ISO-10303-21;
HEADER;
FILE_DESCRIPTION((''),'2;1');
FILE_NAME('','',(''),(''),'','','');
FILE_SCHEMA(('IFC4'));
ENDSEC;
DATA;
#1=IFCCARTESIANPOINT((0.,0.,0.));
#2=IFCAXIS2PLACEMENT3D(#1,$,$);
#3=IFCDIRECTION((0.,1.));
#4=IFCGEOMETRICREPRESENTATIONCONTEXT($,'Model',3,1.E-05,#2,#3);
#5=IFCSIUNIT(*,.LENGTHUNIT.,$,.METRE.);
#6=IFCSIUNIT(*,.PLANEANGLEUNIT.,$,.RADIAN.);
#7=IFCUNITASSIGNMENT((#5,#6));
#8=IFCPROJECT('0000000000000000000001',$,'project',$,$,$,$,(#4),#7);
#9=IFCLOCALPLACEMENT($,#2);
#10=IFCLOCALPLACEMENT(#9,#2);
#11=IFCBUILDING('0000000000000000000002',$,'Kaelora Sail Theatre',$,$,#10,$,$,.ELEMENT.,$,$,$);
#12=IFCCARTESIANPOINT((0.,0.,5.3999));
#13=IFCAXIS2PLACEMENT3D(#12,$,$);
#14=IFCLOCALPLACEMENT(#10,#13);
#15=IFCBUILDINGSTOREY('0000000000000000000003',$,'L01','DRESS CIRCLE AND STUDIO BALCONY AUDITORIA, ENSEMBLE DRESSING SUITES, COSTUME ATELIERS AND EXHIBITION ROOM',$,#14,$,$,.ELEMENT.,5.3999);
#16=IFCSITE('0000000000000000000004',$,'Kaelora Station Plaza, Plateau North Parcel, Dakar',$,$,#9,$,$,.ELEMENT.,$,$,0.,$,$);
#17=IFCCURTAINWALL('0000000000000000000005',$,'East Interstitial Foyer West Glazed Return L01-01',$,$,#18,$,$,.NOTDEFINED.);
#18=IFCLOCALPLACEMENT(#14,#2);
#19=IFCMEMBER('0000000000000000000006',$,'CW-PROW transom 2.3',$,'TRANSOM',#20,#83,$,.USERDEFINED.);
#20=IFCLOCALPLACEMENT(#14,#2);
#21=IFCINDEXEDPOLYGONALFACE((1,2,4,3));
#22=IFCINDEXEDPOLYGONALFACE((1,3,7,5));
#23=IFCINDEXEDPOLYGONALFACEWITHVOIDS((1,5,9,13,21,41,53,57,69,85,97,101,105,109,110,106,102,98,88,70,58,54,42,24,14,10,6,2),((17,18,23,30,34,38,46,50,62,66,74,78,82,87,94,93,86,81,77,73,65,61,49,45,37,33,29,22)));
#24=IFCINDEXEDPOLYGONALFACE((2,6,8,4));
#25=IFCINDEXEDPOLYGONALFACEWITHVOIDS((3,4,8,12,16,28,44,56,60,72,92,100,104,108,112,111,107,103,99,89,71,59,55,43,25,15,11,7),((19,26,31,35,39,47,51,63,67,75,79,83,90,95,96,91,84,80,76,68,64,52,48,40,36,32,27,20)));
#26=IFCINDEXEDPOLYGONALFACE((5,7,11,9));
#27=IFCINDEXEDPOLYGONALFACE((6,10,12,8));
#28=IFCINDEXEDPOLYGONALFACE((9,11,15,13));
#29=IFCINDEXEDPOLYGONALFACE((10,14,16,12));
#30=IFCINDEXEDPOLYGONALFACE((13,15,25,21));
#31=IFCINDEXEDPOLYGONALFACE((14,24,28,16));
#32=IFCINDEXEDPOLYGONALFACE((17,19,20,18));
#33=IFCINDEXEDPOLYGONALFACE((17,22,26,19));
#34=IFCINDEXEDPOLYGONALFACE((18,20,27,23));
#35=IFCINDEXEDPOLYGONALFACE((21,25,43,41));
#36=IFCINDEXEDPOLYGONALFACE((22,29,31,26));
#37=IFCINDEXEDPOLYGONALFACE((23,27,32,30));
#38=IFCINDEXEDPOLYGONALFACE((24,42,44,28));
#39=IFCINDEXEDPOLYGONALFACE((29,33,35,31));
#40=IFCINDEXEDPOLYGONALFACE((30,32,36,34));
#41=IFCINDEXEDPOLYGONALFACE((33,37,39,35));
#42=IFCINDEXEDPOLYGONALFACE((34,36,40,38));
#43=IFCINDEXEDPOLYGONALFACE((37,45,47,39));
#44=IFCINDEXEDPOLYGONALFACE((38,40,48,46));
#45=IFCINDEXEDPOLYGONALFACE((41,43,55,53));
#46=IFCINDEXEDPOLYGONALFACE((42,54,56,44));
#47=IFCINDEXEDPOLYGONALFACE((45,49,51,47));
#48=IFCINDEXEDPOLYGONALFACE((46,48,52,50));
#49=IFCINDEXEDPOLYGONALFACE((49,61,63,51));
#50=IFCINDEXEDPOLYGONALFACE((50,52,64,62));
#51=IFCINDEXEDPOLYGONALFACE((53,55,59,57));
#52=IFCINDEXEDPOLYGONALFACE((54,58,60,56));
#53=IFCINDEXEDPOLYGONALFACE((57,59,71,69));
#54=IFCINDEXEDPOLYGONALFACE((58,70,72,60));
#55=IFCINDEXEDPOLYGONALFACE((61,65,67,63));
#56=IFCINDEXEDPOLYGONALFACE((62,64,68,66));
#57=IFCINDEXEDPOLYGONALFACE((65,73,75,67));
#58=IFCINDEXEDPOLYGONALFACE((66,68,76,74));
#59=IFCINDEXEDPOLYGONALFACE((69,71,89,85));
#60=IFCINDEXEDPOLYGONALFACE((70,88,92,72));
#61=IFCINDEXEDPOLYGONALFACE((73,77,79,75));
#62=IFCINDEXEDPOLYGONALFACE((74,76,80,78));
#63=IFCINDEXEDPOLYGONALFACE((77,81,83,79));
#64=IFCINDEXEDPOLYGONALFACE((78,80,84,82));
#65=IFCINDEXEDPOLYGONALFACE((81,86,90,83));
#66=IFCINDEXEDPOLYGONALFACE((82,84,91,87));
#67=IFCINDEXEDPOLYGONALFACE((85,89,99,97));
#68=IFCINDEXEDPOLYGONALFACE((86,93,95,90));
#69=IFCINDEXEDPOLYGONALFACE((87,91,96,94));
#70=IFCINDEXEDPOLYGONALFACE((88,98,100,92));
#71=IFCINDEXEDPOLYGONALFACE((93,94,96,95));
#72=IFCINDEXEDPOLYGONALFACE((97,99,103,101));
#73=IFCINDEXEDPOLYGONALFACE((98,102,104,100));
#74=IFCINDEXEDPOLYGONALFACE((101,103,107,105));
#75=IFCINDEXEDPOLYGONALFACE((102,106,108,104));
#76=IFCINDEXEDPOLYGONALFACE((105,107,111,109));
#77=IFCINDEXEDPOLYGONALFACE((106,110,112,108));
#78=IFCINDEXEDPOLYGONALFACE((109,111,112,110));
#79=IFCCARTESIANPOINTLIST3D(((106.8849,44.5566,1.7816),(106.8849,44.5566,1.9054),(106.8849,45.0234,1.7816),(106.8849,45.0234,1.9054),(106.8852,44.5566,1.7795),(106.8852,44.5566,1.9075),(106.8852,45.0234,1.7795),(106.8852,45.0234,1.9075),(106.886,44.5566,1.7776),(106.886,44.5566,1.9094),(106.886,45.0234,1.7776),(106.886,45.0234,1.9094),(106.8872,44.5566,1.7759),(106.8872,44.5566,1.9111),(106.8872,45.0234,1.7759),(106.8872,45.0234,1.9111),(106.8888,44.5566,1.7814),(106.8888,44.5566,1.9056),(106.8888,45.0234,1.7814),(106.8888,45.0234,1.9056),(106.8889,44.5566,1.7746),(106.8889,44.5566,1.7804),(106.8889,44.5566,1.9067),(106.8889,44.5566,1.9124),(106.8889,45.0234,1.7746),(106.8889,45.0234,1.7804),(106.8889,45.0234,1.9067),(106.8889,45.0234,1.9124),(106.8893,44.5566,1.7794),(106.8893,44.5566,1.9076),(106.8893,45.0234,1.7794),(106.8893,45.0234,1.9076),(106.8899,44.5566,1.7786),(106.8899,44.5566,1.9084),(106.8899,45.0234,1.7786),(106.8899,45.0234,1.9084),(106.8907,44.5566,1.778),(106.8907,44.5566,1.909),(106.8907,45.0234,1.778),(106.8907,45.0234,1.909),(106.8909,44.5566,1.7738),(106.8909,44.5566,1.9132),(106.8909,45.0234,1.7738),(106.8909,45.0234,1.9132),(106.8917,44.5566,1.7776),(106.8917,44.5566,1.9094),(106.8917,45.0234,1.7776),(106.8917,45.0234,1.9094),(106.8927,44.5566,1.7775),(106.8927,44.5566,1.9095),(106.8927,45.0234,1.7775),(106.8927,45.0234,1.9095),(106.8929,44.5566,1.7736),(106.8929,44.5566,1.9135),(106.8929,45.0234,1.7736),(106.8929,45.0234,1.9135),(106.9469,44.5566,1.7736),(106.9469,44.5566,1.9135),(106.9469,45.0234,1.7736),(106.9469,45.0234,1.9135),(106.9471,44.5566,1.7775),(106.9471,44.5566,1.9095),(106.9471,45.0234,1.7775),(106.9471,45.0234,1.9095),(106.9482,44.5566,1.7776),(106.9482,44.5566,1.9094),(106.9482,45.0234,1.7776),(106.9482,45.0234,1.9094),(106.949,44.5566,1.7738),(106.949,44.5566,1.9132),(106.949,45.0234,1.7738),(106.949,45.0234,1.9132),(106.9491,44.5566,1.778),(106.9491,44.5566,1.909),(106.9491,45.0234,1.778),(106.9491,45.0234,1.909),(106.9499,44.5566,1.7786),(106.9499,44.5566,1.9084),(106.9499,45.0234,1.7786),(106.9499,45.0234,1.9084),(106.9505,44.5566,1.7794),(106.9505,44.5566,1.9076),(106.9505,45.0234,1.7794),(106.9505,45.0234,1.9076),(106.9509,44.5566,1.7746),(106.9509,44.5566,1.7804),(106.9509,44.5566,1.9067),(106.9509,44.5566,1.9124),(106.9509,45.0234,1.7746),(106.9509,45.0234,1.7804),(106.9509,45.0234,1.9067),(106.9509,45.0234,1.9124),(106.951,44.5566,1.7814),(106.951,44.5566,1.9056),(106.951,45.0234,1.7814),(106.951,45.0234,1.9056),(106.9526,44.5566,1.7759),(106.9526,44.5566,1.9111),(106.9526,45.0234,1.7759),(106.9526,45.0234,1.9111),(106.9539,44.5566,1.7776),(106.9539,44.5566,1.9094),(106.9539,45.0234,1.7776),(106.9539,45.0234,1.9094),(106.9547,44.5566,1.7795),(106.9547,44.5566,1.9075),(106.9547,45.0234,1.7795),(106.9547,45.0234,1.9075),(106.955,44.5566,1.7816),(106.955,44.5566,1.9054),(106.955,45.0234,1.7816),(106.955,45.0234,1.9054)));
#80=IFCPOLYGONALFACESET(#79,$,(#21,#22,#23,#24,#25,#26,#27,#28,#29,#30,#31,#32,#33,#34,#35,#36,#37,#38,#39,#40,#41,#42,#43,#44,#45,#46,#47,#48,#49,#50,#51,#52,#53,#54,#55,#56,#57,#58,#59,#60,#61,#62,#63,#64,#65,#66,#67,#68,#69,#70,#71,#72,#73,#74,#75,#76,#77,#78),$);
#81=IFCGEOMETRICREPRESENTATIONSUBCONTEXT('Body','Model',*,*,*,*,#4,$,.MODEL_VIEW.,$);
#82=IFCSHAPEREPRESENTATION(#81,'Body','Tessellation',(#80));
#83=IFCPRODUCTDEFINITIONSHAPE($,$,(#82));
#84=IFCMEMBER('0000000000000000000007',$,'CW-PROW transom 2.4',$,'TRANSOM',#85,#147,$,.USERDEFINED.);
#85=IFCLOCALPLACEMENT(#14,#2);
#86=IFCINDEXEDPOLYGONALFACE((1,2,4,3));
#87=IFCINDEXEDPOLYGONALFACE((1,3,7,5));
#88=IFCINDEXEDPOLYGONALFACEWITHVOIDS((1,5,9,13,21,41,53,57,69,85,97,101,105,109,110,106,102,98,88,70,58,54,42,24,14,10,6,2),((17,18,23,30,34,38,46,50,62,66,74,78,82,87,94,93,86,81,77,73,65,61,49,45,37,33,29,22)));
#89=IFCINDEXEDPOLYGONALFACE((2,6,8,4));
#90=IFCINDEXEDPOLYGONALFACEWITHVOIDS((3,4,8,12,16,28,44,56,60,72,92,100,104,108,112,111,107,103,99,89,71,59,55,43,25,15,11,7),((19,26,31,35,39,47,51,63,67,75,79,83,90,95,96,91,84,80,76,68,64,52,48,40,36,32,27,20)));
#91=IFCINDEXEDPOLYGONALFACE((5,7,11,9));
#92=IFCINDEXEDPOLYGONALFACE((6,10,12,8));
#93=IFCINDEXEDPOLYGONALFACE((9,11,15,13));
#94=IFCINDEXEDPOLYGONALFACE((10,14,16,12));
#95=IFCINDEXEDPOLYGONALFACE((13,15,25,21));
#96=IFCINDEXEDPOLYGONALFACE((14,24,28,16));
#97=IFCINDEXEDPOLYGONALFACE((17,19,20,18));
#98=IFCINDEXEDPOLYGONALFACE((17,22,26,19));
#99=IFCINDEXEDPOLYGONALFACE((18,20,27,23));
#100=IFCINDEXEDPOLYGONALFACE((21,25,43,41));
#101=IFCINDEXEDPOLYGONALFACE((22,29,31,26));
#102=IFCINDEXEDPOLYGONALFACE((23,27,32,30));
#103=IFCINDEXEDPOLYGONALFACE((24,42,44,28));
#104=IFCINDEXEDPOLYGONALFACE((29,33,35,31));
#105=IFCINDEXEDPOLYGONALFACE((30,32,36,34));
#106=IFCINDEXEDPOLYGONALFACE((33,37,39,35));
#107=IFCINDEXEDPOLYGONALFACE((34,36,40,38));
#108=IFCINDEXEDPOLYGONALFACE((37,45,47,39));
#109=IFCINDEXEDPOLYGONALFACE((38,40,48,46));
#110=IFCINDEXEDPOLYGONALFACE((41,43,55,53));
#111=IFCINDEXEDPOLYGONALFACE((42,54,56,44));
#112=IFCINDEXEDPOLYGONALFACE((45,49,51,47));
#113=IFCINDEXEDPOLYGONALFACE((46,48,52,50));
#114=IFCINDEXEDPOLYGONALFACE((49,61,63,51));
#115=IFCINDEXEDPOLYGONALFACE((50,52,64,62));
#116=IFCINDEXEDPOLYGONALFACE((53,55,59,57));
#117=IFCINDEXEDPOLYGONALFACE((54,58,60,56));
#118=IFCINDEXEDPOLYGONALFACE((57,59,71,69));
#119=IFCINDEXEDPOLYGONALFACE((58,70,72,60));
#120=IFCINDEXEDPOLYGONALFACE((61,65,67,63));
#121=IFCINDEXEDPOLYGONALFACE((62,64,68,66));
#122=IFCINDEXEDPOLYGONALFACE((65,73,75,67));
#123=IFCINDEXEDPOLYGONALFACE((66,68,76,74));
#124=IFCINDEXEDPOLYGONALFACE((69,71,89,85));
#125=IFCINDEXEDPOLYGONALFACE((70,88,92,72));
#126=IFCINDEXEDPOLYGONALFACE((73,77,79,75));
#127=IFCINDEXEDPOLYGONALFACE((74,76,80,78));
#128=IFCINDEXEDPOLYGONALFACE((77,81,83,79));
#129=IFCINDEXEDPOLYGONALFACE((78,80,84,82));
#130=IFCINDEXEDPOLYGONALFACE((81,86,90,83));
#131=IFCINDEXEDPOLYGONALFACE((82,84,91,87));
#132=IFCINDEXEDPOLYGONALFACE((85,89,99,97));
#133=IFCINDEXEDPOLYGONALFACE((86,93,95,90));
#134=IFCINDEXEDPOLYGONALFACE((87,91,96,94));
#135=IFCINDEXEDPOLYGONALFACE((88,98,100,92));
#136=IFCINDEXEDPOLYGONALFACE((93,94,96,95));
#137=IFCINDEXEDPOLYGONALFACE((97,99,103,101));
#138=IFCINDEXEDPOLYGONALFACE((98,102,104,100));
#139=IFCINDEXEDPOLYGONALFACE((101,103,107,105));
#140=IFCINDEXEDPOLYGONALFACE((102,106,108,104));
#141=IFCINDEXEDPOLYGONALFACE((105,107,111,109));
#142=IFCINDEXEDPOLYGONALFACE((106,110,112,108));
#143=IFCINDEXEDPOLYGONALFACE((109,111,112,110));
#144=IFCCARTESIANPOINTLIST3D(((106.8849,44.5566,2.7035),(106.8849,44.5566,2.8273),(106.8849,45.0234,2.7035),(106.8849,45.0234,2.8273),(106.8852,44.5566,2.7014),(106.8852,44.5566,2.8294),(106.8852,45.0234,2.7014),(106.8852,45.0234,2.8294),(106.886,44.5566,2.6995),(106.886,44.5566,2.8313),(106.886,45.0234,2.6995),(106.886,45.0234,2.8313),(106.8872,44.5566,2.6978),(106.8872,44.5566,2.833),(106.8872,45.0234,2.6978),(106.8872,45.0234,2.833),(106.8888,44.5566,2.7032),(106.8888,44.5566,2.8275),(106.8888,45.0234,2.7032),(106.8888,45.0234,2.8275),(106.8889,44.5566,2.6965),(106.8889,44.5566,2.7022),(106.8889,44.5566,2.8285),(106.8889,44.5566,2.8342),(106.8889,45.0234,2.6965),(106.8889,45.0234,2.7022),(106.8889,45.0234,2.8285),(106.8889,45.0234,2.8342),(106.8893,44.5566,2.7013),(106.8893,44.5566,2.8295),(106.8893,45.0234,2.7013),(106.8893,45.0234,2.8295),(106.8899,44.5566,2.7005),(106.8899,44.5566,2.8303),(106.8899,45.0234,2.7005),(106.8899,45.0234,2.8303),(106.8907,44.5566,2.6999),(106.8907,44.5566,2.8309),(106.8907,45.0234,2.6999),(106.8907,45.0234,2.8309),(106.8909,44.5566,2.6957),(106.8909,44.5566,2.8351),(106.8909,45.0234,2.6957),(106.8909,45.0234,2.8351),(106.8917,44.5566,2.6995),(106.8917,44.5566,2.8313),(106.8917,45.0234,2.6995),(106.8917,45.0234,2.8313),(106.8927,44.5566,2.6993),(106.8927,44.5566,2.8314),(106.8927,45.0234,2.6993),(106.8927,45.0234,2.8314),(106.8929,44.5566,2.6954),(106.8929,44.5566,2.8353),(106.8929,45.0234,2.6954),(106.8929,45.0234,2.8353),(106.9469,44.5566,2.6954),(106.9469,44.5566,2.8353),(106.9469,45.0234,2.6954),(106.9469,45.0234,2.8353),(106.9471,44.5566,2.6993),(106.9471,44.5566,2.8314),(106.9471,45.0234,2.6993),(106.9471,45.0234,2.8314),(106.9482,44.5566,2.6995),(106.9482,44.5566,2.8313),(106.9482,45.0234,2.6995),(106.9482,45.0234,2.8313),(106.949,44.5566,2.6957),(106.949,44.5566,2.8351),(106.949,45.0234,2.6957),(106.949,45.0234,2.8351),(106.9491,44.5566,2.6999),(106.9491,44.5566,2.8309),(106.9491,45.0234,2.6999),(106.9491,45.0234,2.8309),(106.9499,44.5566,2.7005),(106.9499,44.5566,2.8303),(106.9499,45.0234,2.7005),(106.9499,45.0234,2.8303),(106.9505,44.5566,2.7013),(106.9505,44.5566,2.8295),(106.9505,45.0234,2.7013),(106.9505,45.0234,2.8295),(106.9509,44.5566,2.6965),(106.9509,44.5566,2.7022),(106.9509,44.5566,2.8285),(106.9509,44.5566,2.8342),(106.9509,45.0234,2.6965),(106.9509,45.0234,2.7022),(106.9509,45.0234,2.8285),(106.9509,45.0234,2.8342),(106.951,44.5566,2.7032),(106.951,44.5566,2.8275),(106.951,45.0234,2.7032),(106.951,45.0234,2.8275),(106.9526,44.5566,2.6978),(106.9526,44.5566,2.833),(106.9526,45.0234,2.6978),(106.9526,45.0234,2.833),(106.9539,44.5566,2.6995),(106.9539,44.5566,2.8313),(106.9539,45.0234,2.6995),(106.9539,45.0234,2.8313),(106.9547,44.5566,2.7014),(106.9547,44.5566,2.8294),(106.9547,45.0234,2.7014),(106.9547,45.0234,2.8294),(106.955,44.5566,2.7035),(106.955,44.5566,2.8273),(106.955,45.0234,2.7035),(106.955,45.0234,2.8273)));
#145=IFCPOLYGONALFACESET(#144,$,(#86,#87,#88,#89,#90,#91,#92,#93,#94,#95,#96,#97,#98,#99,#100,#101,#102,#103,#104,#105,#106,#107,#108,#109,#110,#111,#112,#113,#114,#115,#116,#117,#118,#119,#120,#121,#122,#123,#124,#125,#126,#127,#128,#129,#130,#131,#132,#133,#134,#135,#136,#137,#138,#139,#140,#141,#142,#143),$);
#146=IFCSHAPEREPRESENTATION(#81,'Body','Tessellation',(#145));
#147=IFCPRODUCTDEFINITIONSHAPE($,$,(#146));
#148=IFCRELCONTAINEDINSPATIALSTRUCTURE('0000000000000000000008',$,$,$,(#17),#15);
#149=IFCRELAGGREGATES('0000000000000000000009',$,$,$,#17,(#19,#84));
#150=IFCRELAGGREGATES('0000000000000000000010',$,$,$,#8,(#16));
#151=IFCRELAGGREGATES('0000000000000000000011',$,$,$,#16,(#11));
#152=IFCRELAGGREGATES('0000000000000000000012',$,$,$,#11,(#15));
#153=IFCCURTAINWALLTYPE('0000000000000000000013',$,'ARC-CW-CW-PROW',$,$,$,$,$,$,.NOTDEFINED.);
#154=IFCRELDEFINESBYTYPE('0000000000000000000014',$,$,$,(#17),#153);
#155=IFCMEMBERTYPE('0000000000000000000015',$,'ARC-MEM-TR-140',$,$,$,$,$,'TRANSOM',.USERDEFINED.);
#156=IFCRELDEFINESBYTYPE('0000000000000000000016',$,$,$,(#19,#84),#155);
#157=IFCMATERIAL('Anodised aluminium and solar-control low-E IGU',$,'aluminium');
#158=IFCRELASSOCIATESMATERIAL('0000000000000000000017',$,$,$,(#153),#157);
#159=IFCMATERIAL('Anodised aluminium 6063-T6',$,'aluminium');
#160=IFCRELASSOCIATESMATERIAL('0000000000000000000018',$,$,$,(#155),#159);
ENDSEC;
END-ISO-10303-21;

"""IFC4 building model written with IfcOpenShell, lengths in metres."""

from ifc_helpers import new_model, si_unit, direction, frame, origin, origin_2d, place, context, subcontext, project, spatial, hollow_rectangle, extrude, material, material_profile, profile_set, type_object, element, aggregate, save


model = new_model("IFC4")

# Units and contexts
model_context = context("Model", 3, precision=1e-05, world=origin(), true_north=direction((0.0, 1.0)))
body_context = subcontext(model_context, "Body", "Model", "MODEL_VIEW")
ifc_project = project(units=[si_unit("LENGTHUNIT", "METRE"), si_unit("PLANEANGLEUNIT", "RADIAN")], contexts=[model_context])

# Site, building, storey
site_placement = place(None, origin())
site = spatial("IfcSite", under=ifc_project, at=site_placement, Name="Kaelora Station Plaza, Plateau North Parcel, Dakar", CompositionType="ELEMENT", RefElevation=0.0)
building_placement = place(site_placement, origin())
building = spatial("IfcBuilding", under=site, at=building_placement, Name="Kaelora Sail Theatre", CompositionType="ELEMENT")
storey_placement = place(building_placement, frame((0.0, 0.0, 5.3999)))
storey = spatial("IfcBuildingStorey", under=building, at=storey_placement, Name="L01", Description="DRESS CIRCLE AND STUDIO BALCONY AUDITORIA, ENSEMBLE DRESSING SUITES, COSTUME ATELIERS AND EXHIBITION ROOM", CompositionType="ELEMENT", Elevation=5.3999)

# Curtain wall, members
ifc_material_1 = material(Name="Anodised aluminium and solar-control low-E IGU", Category="aluminium")
curtain_wall_type = type_object("IfcCurtainWallType", Name="ARC-CW-CW-PROW", PredefinedType="NOTDEFINED", material=ifc_material_1)
curtain_wall_placement = place(storey_placement, origin())
curtain_wall = element("IfcCurtainWall", 1, at=curtain_wall_placement, inside=storey, type_object=curtain_wall_type, Name="East Interstitial Foyer West Glazed Return L01-01", PredefinedType="NOTDEFINED")
ifc_material_2 = material(Name="Anodised aluminium 6063-T6", Category="aluminium")
ifc_material_profile_1 = material_profile(ifc_material_2, hollow_rectangle(XDim=0.0701, YDim=0.1399, WallThickness=0.0039, InnerFilletRadius=0.0039, OuterFilletRadius=0.0081, at=origin_2d()), Name="ALU-TRAN 70x140x4")
ifc_profile_set_1 = profile_set([ifc_material_profile_1], Name="Anodised aluminium 6063-T6")
member_type_1 = type_object("IfcMemberType", Name="ARC-MEM-TR-140", ElementType="TRANSOM", PredefinedType="USERDEFINED", material=ifc_profile_set_1)
member_1_placement = place(storey_placement, frame((106.9199, 44.5566, 1.8435), z_axis=(0.0, 1.0, 0.0), x_axis=(-1.0, 0.0, 0.0)))
member_1 = element("IfcMember", 2, at=member_1_placement, type_object=member_type_1, Name="CW-PROW transom 2.3", ObjectType="TRANSOM", PredefinedType="USERDEFINED", context=body_context, shape_type="SweptSolid", body=[
    extrude(hollow_rectangle(XDim=0.0701, YDim=0.1399, WallThickness=0.0039, InnerFilletRadius=0.0039, OuterFilletRadius=0.0081, at=origin_2d()), origin(), (0.0, 0.0, 1.0), 0.4668),
])
member_2_placement = place(storey_placement, frame((106.9199, 44.5566, 2.7654), z_axis=(0.0, 1.0, 0.0), x_axis=(-1.0, 0.0, 0.0)))
member_2 = element("IfcMember", 3, at=member_2_placement, type_object=member_type_1, Name="CW-PROW transom 2.4", ObjectType="TRANSOM", PredefinedType="USERDEFINED", context=body_context, shape_type="SweptSolid", body=[
    extrude(hollow_rectangle(XDim=0.0701, YDim=0.1399, WallThickness=0.0039, InnerFilletRadius=0.0039, OuterFilletRadius=0.0081, at=origin_2d()), origin(), (0.0, 0.0, 1.0), 0.4668),
])

aggregate(curtain_wall, [member_1, member_2])

save(model, "model.ifc")
